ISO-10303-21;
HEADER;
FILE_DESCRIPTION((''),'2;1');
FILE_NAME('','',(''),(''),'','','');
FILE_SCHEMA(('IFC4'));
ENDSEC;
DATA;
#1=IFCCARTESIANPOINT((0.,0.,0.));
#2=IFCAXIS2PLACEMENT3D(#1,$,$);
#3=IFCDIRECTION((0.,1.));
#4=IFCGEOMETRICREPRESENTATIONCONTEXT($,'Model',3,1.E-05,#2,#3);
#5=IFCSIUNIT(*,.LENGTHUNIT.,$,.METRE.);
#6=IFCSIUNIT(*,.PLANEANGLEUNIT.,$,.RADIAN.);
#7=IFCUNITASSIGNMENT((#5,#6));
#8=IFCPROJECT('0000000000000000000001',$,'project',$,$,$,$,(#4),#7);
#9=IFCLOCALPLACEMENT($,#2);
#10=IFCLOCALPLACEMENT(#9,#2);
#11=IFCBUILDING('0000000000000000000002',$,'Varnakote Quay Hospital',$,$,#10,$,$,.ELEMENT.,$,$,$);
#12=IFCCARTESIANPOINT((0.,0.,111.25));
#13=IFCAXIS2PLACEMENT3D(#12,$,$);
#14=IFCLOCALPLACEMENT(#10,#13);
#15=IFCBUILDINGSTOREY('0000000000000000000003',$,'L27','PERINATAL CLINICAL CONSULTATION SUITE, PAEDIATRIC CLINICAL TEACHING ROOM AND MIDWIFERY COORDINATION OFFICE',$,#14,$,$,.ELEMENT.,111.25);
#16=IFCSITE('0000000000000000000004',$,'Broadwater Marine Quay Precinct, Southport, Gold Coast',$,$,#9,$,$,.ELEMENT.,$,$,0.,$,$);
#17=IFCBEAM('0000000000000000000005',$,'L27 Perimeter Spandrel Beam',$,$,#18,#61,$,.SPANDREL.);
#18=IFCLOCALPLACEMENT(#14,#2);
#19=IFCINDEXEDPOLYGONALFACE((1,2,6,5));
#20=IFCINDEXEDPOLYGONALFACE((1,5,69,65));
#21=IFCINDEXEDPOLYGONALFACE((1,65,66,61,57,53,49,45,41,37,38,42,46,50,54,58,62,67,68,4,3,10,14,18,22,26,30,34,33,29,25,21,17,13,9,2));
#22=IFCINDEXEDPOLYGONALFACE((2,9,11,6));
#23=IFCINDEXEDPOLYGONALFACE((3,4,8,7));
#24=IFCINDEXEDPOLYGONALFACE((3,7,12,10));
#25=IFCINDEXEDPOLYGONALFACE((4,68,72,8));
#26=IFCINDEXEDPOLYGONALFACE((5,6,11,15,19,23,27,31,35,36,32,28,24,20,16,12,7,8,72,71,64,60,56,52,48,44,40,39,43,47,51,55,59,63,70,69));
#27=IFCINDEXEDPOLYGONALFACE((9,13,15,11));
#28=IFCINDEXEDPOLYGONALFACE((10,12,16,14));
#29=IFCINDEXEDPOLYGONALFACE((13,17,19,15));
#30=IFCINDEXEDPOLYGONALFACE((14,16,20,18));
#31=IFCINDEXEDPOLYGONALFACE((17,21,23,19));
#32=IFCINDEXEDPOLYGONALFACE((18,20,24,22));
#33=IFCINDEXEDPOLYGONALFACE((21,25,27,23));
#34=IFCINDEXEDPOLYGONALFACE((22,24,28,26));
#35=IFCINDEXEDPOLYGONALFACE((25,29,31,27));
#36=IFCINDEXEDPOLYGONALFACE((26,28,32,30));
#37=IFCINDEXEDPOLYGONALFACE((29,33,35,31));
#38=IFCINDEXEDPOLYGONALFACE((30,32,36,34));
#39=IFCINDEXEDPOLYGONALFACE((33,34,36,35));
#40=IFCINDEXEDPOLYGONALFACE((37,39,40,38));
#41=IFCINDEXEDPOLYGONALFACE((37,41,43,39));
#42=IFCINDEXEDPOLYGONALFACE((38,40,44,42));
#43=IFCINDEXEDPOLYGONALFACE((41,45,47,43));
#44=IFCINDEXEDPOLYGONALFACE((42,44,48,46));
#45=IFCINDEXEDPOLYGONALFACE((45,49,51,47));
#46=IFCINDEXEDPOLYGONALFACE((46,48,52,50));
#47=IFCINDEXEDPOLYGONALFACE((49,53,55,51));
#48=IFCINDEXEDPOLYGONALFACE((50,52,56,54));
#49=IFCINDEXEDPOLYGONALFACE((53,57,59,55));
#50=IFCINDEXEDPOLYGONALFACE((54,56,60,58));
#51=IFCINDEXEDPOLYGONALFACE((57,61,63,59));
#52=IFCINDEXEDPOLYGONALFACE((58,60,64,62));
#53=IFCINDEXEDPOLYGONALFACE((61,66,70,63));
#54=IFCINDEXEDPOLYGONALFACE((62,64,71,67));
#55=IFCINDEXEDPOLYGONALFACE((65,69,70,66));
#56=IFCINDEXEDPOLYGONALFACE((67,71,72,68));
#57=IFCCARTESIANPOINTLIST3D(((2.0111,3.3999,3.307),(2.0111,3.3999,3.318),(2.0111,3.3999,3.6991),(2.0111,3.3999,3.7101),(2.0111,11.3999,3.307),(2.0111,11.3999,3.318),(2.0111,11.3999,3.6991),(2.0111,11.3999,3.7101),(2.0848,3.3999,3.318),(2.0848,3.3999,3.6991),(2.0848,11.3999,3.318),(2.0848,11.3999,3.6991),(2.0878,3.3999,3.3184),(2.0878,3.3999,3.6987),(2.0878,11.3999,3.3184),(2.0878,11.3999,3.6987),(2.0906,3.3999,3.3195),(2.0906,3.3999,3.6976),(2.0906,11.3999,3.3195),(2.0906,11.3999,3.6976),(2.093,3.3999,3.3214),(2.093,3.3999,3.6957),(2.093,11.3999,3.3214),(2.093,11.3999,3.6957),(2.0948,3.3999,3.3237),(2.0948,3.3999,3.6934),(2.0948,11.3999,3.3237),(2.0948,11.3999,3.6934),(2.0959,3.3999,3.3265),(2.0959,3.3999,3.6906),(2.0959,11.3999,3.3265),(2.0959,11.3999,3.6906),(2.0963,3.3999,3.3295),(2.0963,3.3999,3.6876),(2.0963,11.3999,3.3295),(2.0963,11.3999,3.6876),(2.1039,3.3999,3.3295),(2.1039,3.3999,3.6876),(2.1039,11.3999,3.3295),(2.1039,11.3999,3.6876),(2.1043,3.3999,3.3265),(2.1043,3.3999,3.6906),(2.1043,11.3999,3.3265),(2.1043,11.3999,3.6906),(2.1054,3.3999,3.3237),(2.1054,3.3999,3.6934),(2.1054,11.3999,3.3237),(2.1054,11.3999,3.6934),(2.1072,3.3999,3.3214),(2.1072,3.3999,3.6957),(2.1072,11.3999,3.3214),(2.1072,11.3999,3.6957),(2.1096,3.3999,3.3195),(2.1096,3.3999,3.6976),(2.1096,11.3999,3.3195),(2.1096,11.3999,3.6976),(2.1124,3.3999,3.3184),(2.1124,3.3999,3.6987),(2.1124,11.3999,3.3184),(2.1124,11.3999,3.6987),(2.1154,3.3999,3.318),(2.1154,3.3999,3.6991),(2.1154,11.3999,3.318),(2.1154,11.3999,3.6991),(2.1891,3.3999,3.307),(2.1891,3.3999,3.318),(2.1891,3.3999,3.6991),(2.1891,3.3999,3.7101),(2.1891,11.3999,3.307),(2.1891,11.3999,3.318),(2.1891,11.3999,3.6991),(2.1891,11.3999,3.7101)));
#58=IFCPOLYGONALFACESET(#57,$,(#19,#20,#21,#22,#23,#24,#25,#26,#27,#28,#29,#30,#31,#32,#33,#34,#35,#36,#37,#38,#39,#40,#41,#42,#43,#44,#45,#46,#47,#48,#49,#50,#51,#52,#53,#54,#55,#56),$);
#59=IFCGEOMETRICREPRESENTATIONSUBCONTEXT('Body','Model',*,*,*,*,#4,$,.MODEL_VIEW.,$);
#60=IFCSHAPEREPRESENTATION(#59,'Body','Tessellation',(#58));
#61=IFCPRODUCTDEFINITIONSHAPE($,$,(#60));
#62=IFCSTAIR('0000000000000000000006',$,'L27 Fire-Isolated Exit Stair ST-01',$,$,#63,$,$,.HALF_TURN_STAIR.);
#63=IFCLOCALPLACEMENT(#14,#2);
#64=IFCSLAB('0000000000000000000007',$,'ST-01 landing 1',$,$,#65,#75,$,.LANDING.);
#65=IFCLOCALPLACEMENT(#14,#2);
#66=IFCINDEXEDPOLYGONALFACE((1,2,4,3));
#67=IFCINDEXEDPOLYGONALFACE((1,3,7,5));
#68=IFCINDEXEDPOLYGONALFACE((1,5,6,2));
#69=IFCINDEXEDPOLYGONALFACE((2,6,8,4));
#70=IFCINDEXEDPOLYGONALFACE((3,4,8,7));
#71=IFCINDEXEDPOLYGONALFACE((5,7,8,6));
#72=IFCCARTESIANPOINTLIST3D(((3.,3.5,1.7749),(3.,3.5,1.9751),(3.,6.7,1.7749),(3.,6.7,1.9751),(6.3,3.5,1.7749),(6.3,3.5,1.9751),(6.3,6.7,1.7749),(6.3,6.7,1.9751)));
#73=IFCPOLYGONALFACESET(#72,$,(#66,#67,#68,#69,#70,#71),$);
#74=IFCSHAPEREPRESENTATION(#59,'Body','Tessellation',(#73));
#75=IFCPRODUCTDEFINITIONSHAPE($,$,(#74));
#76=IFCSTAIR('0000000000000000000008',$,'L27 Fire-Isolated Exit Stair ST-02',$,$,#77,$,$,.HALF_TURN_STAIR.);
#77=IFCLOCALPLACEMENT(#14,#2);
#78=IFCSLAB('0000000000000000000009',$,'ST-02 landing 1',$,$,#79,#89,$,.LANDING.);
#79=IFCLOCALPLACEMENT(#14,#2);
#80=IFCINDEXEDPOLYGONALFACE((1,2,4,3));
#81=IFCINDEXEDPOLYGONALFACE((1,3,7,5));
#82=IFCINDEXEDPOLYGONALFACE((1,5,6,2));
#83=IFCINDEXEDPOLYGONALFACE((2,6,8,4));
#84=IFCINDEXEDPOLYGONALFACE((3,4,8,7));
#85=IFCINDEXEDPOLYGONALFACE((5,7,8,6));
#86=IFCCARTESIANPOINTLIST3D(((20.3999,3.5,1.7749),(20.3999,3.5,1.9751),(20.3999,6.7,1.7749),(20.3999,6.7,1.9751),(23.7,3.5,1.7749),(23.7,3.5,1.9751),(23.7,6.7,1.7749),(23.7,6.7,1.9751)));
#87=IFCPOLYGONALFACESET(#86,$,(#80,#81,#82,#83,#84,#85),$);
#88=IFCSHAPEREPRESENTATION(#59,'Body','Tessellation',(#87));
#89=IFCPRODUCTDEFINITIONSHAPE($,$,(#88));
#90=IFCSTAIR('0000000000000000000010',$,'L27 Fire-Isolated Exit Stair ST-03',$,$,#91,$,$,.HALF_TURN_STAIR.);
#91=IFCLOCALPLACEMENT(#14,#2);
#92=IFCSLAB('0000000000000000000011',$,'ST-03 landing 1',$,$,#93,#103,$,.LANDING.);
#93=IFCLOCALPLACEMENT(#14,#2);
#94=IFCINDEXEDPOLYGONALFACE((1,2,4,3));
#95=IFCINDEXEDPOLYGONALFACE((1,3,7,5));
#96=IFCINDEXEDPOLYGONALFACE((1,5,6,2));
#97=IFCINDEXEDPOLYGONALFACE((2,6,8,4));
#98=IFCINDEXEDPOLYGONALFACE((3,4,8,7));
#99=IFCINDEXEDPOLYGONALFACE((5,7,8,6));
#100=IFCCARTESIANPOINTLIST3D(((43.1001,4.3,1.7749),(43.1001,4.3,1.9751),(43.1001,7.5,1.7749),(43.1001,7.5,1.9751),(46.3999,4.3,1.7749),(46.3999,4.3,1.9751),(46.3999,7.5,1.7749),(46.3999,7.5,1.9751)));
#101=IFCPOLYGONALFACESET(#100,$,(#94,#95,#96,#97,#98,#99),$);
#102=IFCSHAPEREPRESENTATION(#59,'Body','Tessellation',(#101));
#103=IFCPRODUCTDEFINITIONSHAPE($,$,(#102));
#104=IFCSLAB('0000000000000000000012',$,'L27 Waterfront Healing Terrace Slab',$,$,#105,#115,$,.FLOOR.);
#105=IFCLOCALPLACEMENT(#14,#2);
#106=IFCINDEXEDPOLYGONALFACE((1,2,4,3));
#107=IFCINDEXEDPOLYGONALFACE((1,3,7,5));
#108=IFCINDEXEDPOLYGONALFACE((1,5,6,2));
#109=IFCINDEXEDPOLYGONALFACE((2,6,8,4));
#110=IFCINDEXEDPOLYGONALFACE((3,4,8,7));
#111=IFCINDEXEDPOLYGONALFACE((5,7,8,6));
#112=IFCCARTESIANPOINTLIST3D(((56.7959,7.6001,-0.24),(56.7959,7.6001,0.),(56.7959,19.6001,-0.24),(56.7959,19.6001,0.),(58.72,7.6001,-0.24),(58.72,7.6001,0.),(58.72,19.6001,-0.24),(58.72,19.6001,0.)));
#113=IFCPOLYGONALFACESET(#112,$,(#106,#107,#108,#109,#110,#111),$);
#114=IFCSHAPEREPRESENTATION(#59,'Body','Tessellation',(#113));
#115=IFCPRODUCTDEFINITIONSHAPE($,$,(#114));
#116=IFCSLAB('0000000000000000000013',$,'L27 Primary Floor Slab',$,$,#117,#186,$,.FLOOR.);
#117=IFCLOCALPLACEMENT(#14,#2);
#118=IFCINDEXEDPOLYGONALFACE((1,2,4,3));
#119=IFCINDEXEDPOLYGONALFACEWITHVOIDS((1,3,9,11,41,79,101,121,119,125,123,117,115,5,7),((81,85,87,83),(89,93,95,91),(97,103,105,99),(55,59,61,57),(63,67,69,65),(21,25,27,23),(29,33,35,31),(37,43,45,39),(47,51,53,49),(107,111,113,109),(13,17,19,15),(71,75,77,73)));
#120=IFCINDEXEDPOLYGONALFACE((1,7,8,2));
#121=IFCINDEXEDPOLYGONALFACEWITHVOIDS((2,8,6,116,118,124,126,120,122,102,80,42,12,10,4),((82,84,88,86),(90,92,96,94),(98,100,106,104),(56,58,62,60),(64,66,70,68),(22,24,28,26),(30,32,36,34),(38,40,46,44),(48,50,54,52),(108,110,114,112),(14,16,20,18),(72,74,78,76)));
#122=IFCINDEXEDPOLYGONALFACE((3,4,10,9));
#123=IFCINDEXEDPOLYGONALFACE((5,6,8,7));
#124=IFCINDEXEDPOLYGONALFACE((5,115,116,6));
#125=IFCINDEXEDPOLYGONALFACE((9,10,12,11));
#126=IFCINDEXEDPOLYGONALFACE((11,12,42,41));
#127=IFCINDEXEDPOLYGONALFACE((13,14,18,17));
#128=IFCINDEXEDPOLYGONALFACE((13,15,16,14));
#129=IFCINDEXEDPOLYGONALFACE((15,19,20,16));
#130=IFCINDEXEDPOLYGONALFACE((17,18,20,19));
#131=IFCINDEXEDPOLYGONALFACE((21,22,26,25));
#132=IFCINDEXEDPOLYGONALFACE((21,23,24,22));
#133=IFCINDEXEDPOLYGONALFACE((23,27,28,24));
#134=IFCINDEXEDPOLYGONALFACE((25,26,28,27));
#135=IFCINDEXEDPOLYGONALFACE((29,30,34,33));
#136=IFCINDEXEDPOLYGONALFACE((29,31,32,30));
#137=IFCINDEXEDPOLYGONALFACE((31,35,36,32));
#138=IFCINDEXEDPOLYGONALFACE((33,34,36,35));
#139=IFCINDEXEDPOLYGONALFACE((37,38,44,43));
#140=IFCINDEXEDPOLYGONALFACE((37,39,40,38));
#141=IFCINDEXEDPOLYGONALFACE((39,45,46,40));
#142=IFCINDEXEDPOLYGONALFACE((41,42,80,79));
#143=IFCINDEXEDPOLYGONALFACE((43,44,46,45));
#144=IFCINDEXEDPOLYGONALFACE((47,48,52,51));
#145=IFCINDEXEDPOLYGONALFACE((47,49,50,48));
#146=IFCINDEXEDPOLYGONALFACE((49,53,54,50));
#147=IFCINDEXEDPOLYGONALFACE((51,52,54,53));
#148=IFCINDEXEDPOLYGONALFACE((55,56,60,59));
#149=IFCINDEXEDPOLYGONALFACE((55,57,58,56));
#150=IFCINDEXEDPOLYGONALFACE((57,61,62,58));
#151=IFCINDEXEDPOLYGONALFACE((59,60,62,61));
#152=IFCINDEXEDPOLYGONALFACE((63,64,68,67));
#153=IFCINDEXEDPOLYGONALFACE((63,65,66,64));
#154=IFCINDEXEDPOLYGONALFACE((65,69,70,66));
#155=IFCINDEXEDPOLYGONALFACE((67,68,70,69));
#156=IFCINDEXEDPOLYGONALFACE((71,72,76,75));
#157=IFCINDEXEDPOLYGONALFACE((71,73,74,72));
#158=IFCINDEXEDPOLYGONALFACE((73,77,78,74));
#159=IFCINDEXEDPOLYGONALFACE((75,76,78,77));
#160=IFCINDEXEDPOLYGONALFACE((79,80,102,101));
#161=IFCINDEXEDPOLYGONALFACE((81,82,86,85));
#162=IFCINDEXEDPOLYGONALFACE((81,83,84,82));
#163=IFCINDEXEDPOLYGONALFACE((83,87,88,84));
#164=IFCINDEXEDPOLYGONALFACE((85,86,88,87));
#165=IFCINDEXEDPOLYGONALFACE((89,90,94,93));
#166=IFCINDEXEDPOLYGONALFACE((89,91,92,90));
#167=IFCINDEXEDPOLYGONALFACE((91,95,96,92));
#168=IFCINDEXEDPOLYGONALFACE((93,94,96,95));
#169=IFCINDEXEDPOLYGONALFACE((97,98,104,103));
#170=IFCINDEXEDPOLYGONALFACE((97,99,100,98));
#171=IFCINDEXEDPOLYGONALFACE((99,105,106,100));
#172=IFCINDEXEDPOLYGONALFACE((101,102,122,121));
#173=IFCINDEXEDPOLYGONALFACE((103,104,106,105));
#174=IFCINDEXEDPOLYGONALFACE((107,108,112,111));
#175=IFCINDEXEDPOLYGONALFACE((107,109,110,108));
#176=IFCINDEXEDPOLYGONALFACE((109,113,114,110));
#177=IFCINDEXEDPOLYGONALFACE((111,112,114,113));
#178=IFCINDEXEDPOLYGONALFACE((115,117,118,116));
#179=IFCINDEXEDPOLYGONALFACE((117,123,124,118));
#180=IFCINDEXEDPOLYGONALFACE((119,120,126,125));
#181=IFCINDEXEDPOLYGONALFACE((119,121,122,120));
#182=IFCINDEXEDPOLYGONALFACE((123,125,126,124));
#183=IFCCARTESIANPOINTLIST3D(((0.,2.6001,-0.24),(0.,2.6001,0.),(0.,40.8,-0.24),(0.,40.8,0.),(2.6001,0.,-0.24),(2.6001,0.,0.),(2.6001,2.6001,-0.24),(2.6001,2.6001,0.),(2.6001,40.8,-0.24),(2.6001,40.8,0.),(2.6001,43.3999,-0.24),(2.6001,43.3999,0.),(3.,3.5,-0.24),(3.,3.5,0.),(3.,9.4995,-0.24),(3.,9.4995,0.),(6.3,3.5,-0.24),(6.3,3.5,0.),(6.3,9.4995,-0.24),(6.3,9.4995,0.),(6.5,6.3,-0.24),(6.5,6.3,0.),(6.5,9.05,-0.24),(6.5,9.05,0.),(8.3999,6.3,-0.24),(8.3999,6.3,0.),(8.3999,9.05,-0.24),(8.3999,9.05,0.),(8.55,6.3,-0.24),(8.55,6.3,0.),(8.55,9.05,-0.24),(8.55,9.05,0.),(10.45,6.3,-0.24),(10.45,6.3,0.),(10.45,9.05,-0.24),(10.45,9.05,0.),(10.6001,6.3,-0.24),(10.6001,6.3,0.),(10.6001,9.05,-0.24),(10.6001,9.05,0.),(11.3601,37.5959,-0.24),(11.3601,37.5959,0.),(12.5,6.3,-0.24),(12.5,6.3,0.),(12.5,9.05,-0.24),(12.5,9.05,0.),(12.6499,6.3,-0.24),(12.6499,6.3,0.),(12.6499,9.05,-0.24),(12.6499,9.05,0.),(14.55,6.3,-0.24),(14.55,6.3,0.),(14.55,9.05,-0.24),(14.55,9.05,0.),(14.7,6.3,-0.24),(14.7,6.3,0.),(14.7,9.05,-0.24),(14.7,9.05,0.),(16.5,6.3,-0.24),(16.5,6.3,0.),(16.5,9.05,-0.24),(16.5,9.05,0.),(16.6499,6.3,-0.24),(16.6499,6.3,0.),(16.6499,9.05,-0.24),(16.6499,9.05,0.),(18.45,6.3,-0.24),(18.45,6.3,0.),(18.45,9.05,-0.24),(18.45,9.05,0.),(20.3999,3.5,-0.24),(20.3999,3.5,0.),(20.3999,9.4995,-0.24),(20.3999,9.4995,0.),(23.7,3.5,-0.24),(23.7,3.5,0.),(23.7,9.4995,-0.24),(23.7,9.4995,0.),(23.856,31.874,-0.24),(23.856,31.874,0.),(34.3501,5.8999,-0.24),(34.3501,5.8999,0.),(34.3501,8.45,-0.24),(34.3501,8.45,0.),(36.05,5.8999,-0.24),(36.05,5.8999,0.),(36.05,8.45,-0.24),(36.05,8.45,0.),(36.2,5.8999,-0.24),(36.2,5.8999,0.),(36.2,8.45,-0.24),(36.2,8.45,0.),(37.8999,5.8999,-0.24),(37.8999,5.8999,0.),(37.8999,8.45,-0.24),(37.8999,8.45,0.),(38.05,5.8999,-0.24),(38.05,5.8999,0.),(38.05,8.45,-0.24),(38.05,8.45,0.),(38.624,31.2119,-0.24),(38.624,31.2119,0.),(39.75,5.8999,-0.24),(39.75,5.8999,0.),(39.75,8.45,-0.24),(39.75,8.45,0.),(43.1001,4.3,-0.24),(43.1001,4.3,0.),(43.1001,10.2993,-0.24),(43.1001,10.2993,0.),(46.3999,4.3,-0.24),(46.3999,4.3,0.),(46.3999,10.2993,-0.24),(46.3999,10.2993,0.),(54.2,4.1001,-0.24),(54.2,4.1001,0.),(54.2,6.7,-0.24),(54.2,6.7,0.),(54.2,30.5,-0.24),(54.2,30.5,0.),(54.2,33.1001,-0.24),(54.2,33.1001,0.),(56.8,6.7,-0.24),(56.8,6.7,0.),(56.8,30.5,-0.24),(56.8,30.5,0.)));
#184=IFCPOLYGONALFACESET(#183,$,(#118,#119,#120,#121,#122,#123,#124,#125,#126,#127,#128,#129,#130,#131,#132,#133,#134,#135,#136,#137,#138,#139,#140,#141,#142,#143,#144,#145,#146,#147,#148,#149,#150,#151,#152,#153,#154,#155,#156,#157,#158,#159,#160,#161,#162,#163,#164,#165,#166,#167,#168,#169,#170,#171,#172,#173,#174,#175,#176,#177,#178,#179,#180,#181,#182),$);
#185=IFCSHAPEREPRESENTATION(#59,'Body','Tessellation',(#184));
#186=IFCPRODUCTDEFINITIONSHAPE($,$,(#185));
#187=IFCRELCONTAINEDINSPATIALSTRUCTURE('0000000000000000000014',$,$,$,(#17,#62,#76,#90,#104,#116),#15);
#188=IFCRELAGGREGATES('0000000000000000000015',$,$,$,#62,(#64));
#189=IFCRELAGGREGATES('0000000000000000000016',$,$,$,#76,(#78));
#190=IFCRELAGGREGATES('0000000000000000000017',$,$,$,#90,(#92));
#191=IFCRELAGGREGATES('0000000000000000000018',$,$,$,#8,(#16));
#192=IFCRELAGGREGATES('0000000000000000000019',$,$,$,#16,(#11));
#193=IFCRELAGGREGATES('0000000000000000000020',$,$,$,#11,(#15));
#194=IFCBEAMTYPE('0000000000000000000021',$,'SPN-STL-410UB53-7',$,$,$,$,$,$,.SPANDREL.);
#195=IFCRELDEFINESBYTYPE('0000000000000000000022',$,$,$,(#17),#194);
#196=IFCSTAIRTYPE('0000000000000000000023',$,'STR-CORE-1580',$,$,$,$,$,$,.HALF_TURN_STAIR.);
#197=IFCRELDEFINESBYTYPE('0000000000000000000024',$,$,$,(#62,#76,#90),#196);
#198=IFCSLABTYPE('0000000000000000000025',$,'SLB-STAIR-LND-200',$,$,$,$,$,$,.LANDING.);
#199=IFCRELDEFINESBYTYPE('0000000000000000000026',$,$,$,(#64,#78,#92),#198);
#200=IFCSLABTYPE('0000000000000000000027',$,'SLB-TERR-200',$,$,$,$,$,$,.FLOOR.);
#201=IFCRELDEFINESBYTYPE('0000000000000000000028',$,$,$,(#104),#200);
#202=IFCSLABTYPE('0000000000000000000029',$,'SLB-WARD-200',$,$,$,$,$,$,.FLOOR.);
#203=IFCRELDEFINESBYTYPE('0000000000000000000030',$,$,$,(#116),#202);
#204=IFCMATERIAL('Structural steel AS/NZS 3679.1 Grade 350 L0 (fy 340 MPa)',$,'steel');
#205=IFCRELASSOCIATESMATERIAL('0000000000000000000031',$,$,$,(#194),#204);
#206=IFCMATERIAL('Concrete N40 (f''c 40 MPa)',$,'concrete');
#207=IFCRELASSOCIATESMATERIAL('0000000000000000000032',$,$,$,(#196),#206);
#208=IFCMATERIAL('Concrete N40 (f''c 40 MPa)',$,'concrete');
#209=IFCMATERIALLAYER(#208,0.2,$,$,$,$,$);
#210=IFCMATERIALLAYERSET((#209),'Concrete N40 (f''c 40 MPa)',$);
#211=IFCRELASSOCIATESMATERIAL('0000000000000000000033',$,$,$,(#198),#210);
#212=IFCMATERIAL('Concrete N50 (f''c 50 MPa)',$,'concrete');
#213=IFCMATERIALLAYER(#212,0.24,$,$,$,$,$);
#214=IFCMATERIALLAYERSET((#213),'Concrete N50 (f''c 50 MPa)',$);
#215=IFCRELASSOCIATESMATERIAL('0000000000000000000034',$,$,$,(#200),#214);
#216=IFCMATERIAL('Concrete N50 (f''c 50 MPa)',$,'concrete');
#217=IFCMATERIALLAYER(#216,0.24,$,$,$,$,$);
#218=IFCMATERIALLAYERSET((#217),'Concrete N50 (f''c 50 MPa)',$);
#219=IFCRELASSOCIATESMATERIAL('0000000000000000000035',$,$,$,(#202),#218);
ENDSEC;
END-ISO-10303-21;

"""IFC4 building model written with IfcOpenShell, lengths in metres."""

from ifc_helpers import new_model, si_unit, direction, frame, origin, origin_2d, place, context, subcontext, project, spatial, polyline, i_section, outline, extrude, material, layer, layer_set, material_profile, profile_set, type_object, element, aggregate, save


model = new_model("IFC4")

# Units and contexts
model_context = context("Model", 3, precision=1e-05, world=origin(), true_north=direction((0.0, 1.0)))
body_context = subcontext(model_context, "Body", "Model", "MODEL_VIEW")
ifc_project = project(units=[si_unit("LENGTHUNIT", "METRE"), si_unit("PLANEANGLEUNIT", "RADIAN")], contexts=[model_context])

# Site, building, storey
site_placement = place(None, origin())
site = spatial("IfcSite", under=ifc_project, at=site_placement, Name="Broadwater Marine Quay Precinct, Southport, Gold Coast", CompositionType="ELEMENT", RefElevation=0.0)
building_placement = place(site_placement, origin())
building = spatial("IfcBuilding", under=site, at=building_placement, Name="Varnakote Quay Hospital", CompositionType="ELEMENT")
storey_placement = place(building_placement, frame((0.0, 0.0, 111.25)))
storey = spatial("IfcBuildingStorey", under=building, at=storey_placement, Name="L27", Description="PERINATAL CLINICAL CONSULTATION SUITE, PAEDIATRIC CLINICAL TEACHING ROOM AND MIDWIFERY COORDINATION OFFICE", CompositionType="ELEMENT", Elevation=111.25)

# Beam
ifc_material_1 = material(Name="Structural steel AS/NZS 3679.1 Grade 350 L0 (fy 340 MPa)", Category="steel")
ifc_material_profile_1 = material_profile(ifc_material_1, i_section(OverallWidth=0.178, OverallDepth=0.4031, WebThickness=0.0076, FlangeThickness=0.011, FilletRadius=0.0115, at=origin_2d()), Name="410UB53.7")
ifc_profile_set_1 = profile_set([ifc_material_profile_1], Name="Structural steel AS/NZS 3679.1 Grade 350 L0 (fy 340 MPa)")
beam_type_1 = type_object("IfcBeamType", Name="SPN-STL-410UB53-7", PredefinedType="SPANDREL", material=ifc_profile_set_1)
beam_1_placement = place(storey_placement, frame((2.1001, 3.3999, 3.5085), z_axis=(0.0, 1.0, 0.0), x_axis=(-1.0, 0.0, 0.0)))
element("IfcBeam", 1, at=beam_1_placement, inside=storey, type_object=beam_type_1, Name="L27 Perimeter Spandrel Beam", PredefinedType="SPANDREL", context=body_context, shape_type="SweptSolid", body=[
    extrude(i_section(OverallWidth=0.178, OverallDepth=0.4031, WebThickness=0.0076, FlangeThickness=0.011, FilletRadius=0.0115, at=origin_2d()), origin(), (0.0, 0.0, 1.0), 8.0),
])

# Stairs, slabs
ifc_material_2 = material(Name="Concrete N40 (f'c 40 MPa)", Category="concrete")
stair_type = type_object("IfcStairType", Name="STR-CORE-1580", PredefinedType="HALF_TURN_STAIR", material=ifc_material_2)
stair_1_placement = place(storey_placement, origin())
stair_1 = element("IfcStair", 2, at=stair_1_placement, inside=storey, type_object=stair_type, Name="L27 Fire-Isolated Exit Stair ST-01", PredefinedType="HALF_TURN_STAIR")
ifc_material_3 = material(Name="Concrete N40 (f'c 40 MPa)", Category="concrete")
ifc_layer_1 = layer(ifc_material_3, 0.2)
ifc_layer_set_1 = layer_set([ifc_layer_1], Name="Concrete N40 (f'c 40 MPa)")
slab_type_1 = type_object("IfcSlabType", Name="SLB-STAIR-LND-200", PredefinedType="LANDING", material=ifc_layer_set_1)
slab_1_placement = place(storey_placement, frame((0.0, 0.0, 1.7749)))
slab_1 = element("IfcSlab", 3, at=slab_1_placement, type_object=slab_type_1, Name="ST-01 landing 1", PredefinedType="LANDING", context=body_context, shape_type="SweptSolid", body=[
    extrude(outline(polyline([(3.0, 6.7), (3.0, 3.5), (6.3, 3.5), (6.3, 6.7), (3.0, 6.7)])), origin(), (0.0, 0.0, 1.0), 0.2002),
])
aggregate(stair_1, [slab_1])
stair_2_placement = place(storey_placement, origin())
stair_2 = element("IfcStair", 4, at=stair_2_placement, inside=storey, type_object=stair_type, Name="L27 Fire-Isolated Exit Stair ST-02", PredefinedType="HALF_TURN_STAIR")
slab_2_placement = place(storey_placement, frame((0.0, 0.0, 1.7749)))
slab_2 = element("IfcSlab", 5, at=slab_2_placement, type_object=slab_type_1, Name="ST-02 landing 1", PredefinedType="LANDING", context=body_context, shape_type="SweptSolid", body=[
    extrude(outline(polyline([(20.3999, 6.7), (20.3999, 3.5), (23.7, 3.5), (23.7, 6.7), (20.3999, 6.7)])), origin(), (0.0, 0.0, 1.0), 0.2002),
])
aggregate(stair_2, [slab_2])
stair_3_placement = place(storey_placement, origin())
stair_3 = element("IfcStair", 6, at=stair_3_placement, inside=storey, type_object=stair_type, Name="L27 Fire-Isolated Exit Stair ST-03", PredefinedType="HALF_TURN_STAIR")
slab_3_placement = place(storey_placement, frame((0.0, 0.0, 1.7749)))
slab_3 = element("IfcSlab", 7, at=slab_3_placement, type_object=slab_type_1, Name="ST-03 landing 1", PredefinedType="LANDING", context=body_context, shape_type="SweptSolid", body=[
    extrude(outline(polyline([(43.1001, 7.5), (43.1001, 4.3), (46.3999, 4.3), (46.3999, 7.5), (43.1001, 7.5)])), origin(), (0.0, 0.0, 1.0), 0.2002),
])
aggregate(stair_3, [slab_3])

# Slabs
ifc_material_4 = material(Name="Concrete N50 (f'c 50 MPa)", Category="concrete")
ifc_layer_2 = layer(ifc_material_4, 0.24)
ifc_layer_set_2 = layer_set([ifc_layer_2], Name="Concrete N50 (f'c 50 MPa)")
slab_type_2 = type_object("IfcSlabType", Name="SLB-TERR-200", PredefinedType="FLOOR", material=ifc_layer_set_2)
slab_4_placement = place(storey_placement, frame((0.0, 0.0, -0.24)))
element("IfcSlab", 8, at=slab_4_placement, inside=storey, type_object=slab_type_2, Name="L27 Waterfront Healing Terrace Slab", PredefinedType="FLOOR", context=body_context, shape_type="SweptSolid", body=[
    extrude(outline(polyline([(56.7959, 7.6001), (58.72, 7.6001), (58.72, 19.6001), (56.7959, 19.6001), (56.7959, 7.6001)])), origin(), (0.0, 0.0, 1.0), 0.24),
])
ifc_material_5 = material(Name="Concrete N50 (f'c 50 MPa)", Category="concrete")
ifc_layer_3 = layer(ifc_material_5, 0.24)
ifc_layer_set_3 = layer_set([ifc_layer_3], Name="Concrete N50 (f'c 50 MPa)")
slab_type_3 = type_object("IfcSlabType", Name="SLB-WARD-200", PredefinedType="FLOOR", material=ifc_layer_set_3)
slab_5_placement = place(storey_placement, frame((0.0, 0.0, -0.24)))
element("IfcSlab", 9, at=slab_5_placement, inside=storey, type_object=slab_type_3, Name="L27 Primary Floor Slab", PredefinedType="FLOOR", context=body_context, shape_type="SweptSolid", body=[
    extrude(outline(polyline([(0.0, 2.6001), (2.6001, 2.6001), (2.6001, 0.0), (54.2, 4.1001), (54.2, 6.7), (56.8, 6.7), (56.8, 30.5), (54.2, 30.5), (54.2, 33.1001), (38.624, 31.2119), (23.856, 31.874), (11.3601, 37.5959), (2.6001, 43.3999), (2.6001, 40.8), (0.0, 40.8), (0.0, 2.6001)]), holes=[polyline([(3.0, 3.5), (6.3, 3.5), (6.3, 9.4995), (3.0, 9.4995), (3.0, 3.5)]), polyline([(20.3999, 3.5), (23.7, 3.5), (23.7, 9.4995), (20.3999, 9.4995), (20.3999, 3.5)]), polyline([(43.1001, 4.3), (46.3999, 4.3), (46.3999, 10.2993), (43.1001, 10.2993), (43.1001, 4.3)]), polyline([(6.5, 6.3), (8.3999, 6.3), (8.3999, 9.05), (6.5, 9.05), (6.5, 6.3)]), polyline([(8.55, 6.3), (10.45, 6.3), (10.45, 9.05), (8.55, 9.05), (8.55, 6.3)]), polyline([(10.6001, 6.3), (12.5, 6.3), (12.5, 9.05), (10.6001, 9.05), (10.6001, 6.3)]), polyline([(12.6499, 6.3), (14.55, 6.3), (14.55, 9.05), (12.6499, 9.05), (12.6499, 6.3)]), polyline([(14.7, 6.3), (16.5, 6.3), (16.5, 9.05), (14.7, 9.05), (14.7, 6.3)]), polyline([(16.6499, 6.3), (18.45, 6.3), (18.45, 9.05), (16.6499, 9.05), (16.6499, 6.3)]), polyline([(34.3501, 5.8999), (36.05, 5.8999), (36.05, 8.45), (34.3501, 8.45), (34.3501, 5.8999)]), polyline([(36.2, 5.8999), (37.8999, 5.8999), (37.8999, 8.45), (36.2, 8.45), (36.2, 5.8999)]), polyline([(38.05, 5.8999), (39.75, 5.8999), (39.75, 8.45), (38.05, 8.45), (38.05, 5.8999)])]), origin(), (0.0, 0.0, 1.0), 0.24),
])

save(model, "model.ifc")
